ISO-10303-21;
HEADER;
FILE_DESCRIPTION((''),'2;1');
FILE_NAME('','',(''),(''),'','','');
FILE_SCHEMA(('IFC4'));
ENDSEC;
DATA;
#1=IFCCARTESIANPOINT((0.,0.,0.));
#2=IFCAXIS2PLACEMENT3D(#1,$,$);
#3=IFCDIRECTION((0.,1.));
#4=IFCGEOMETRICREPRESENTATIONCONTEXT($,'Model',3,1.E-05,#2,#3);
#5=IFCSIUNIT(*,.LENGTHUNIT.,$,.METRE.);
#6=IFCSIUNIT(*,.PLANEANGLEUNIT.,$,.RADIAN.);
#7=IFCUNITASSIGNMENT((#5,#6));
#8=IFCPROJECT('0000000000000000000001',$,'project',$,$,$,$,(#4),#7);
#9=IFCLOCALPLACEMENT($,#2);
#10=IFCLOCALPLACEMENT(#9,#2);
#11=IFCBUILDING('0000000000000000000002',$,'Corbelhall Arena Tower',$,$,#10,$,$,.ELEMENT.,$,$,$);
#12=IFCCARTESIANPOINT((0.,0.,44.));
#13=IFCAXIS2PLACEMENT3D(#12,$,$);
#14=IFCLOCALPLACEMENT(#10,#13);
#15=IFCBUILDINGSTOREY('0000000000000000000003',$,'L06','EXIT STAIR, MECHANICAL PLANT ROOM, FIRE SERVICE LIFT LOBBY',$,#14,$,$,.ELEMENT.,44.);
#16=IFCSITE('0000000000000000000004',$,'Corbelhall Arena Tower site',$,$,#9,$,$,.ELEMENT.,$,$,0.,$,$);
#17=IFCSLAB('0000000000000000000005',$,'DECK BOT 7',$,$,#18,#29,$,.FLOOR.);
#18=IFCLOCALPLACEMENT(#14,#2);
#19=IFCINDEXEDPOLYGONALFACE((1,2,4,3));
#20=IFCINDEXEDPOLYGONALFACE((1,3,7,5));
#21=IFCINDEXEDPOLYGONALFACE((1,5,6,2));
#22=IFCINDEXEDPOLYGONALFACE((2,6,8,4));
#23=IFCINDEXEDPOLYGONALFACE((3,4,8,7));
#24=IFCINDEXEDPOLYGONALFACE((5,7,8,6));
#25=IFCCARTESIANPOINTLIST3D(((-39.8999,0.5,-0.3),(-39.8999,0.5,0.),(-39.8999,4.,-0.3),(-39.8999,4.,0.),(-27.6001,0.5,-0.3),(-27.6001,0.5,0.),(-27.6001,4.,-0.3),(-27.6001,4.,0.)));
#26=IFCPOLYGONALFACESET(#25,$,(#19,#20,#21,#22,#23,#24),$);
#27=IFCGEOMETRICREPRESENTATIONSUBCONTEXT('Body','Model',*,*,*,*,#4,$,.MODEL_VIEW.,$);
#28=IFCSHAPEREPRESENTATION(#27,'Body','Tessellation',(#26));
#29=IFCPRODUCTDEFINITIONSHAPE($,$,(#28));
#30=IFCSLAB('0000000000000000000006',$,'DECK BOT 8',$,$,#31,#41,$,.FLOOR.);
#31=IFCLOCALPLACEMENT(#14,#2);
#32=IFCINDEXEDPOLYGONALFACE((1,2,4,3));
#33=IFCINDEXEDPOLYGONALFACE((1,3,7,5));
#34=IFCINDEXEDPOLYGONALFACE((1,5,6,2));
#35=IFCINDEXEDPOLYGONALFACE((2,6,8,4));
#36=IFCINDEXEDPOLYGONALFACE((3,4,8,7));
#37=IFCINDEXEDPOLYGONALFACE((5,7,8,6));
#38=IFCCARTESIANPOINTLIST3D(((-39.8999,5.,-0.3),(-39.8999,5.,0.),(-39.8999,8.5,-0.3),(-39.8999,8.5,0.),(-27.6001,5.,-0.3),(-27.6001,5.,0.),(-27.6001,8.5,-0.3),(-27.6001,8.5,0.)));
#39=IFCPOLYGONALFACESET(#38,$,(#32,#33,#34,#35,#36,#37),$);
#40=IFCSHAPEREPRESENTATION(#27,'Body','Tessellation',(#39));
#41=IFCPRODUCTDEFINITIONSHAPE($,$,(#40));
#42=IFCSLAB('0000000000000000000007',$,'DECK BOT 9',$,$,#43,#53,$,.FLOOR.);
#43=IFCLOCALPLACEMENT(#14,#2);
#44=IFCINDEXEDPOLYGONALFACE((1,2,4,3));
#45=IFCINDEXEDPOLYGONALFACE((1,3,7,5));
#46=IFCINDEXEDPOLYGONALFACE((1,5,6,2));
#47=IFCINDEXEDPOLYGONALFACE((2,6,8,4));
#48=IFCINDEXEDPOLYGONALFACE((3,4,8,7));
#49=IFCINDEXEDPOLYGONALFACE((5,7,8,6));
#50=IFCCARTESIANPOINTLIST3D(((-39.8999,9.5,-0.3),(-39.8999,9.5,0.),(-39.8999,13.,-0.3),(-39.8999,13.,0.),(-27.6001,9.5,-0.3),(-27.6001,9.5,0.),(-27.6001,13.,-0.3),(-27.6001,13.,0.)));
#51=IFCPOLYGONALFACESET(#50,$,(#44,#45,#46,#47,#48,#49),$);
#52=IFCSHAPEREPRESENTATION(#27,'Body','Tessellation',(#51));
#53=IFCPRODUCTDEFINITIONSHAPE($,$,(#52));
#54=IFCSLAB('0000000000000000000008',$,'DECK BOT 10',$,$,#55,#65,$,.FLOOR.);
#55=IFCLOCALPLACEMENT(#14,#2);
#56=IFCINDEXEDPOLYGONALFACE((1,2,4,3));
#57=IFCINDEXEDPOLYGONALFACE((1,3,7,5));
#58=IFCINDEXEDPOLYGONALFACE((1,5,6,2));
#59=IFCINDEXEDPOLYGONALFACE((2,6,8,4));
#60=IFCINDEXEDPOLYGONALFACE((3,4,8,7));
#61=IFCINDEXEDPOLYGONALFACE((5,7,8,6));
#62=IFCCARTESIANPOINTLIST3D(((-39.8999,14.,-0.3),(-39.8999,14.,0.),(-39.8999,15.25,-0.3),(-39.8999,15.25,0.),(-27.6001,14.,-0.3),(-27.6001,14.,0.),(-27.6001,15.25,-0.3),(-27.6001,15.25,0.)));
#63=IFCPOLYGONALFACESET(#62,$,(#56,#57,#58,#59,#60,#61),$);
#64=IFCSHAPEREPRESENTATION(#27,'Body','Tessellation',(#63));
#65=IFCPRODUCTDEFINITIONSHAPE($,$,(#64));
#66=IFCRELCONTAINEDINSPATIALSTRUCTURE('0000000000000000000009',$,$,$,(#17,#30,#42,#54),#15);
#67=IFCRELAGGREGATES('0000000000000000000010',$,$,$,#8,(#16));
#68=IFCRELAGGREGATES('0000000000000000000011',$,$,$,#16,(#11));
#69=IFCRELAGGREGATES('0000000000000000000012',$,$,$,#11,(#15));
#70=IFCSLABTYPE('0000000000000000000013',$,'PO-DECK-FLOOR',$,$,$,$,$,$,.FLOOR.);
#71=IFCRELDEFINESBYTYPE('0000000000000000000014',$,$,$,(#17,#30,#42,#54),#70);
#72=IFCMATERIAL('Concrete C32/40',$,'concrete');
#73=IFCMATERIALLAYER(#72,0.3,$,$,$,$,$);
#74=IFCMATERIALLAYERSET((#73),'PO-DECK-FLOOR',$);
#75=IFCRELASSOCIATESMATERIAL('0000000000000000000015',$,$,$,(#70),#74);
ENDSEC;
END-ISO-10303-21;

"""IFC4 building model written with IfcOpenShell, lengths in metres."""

from ifc_helpers import new_model, si_unit, direction, frame, origin, place, context, subcontext, project, spatial, polyline, outline, extrude, material, layer, layer_set, type_object, element, save


model = new_model("IFC4")

# Units and contexts
model_context = context("Model", 3, precision=1e-05, world=origin(), true_north=direction((0.0, 1.0)))
body_context = subcontext(model_context, "Body", "Model", "MODEL_VIEW")
ifc_project = project(units=[si_unit("LENGTHUNIT", "METRE"), si_unit("PLANEANGLEUNIT", "RADIAN")], contexts=[model_context])

# Site, building, storey
site_placement = place(None, origin())
site = spatial("IfcSite", under=ifc_project, at=site_placement, Name="Corbelhall Arena Tower site", CompositionType="ELEMENT", RefElevation=0.0)
building_placement = place(site_placement, origin())
building = spatial("IfcBuilding", under=site, at=building_placement, Name="Corbelhall Arena Tower", CompositionType="ELEMENT")
storey_placement = place(building_placement, frame((0.0, 0.0, 44.0)))
storey = spatial("IfcBuildingStorey", under=building, at=storey_placement, Name="L06", Description="EXIT STAIR, MECHANICAL PLANT ROOM, FIRE SERVICE LIFT LOBBY", CompositionType="ELEMENT", Elevation=44.0)

# Slabs
ifc_material_1 = material(Name="Concrete C32/40", Category="concrete")
ifc_layer = layer(ifc_material_1, 0.3)
ifc_layer_set = layer_set([ifc_layer], Name="PO-DECK-FLOOR")
slab_type = type_object("IfcSlabType", Name="PO-DECK-FLOOR", PredefinedType="FLOOR", material=ifc_layer_set)
slab_1_placement = place(storey_placement, frame((0.0, 0.0, -0.3)))
element("IfcSlab", 1, at=slab_1_placement, inside=storey, type_object=slab_type, Name="DECK BOT 7", PredefinedType="FLOOR", context=body_context, shape_type="SweptSolid", body=[
    extrude(outline(polyline([(-27.6001, 4.0), (-27.6001, 0.5), (-39.8999, 0.5), (-39.8999, 4.0), (-27.6001, 4.0)])), origin(), (0.0, 0.0, 1.0), 0.3),
])
slab_2_placement = place(storey_placement, frame((0.0, 0.0, -0.3)))
element("IfcSlab", 2, at=slab_2_placement, inside=storey, type_object=slab_type, Name="DECK BOT 8", PredefinedType="FLOOR", context=body_context, shape_type="SweptSolid", body=[
    extrude(outline(polyline([(-27.6001, 8.5), (-27.6001, 5.0), (-39.8999, 5.0), (-39.8999, 8.5), (-27.6001, 8.5)])), origin(), (0.0, 0.0, 1.0), 0.3),
])
slab_3_placement = place(storey_placement, frame((0.0, 0.0, -0.3)))
element("IfcSlab", 3, at=slab_3_placement, inside=storey, type_object=slab_type, Name="DECK BOT 9", PredefinedType="FLOOR", context=body_context, shape_type="SweptSolid", body=[
    extrude(outline(polyline([(-27.6001, 13.0), (-27.6001, 9.5), (-39.8999, 9.5), (-39.8999, 13.0), (-27.6001, 13.0)])), origin(), (0.0, 0.0, 1.0), 0.3),
])
slab_4_placement = place(storey_placement, frame((0.0, 0.0, -0.3)))
element("IfcSlab", 4, at=slab_4_placement, inside=storey, type_object=slab_type, Name="DECK BOT 10", PredefinedType="FLOOR", context=body_context, shape_type="SweptSolid", body=[
    extrude(outline(polyline([(-27.6001, 15.25), (-27.6001, 14.0), (-39.8999, 14.0), (-39.8999, 15.25), (-27.6001, 15.25)])), origin(), (0.0, 0.0, 1.0), 0.3),
])

save(model, "model.ifc")
